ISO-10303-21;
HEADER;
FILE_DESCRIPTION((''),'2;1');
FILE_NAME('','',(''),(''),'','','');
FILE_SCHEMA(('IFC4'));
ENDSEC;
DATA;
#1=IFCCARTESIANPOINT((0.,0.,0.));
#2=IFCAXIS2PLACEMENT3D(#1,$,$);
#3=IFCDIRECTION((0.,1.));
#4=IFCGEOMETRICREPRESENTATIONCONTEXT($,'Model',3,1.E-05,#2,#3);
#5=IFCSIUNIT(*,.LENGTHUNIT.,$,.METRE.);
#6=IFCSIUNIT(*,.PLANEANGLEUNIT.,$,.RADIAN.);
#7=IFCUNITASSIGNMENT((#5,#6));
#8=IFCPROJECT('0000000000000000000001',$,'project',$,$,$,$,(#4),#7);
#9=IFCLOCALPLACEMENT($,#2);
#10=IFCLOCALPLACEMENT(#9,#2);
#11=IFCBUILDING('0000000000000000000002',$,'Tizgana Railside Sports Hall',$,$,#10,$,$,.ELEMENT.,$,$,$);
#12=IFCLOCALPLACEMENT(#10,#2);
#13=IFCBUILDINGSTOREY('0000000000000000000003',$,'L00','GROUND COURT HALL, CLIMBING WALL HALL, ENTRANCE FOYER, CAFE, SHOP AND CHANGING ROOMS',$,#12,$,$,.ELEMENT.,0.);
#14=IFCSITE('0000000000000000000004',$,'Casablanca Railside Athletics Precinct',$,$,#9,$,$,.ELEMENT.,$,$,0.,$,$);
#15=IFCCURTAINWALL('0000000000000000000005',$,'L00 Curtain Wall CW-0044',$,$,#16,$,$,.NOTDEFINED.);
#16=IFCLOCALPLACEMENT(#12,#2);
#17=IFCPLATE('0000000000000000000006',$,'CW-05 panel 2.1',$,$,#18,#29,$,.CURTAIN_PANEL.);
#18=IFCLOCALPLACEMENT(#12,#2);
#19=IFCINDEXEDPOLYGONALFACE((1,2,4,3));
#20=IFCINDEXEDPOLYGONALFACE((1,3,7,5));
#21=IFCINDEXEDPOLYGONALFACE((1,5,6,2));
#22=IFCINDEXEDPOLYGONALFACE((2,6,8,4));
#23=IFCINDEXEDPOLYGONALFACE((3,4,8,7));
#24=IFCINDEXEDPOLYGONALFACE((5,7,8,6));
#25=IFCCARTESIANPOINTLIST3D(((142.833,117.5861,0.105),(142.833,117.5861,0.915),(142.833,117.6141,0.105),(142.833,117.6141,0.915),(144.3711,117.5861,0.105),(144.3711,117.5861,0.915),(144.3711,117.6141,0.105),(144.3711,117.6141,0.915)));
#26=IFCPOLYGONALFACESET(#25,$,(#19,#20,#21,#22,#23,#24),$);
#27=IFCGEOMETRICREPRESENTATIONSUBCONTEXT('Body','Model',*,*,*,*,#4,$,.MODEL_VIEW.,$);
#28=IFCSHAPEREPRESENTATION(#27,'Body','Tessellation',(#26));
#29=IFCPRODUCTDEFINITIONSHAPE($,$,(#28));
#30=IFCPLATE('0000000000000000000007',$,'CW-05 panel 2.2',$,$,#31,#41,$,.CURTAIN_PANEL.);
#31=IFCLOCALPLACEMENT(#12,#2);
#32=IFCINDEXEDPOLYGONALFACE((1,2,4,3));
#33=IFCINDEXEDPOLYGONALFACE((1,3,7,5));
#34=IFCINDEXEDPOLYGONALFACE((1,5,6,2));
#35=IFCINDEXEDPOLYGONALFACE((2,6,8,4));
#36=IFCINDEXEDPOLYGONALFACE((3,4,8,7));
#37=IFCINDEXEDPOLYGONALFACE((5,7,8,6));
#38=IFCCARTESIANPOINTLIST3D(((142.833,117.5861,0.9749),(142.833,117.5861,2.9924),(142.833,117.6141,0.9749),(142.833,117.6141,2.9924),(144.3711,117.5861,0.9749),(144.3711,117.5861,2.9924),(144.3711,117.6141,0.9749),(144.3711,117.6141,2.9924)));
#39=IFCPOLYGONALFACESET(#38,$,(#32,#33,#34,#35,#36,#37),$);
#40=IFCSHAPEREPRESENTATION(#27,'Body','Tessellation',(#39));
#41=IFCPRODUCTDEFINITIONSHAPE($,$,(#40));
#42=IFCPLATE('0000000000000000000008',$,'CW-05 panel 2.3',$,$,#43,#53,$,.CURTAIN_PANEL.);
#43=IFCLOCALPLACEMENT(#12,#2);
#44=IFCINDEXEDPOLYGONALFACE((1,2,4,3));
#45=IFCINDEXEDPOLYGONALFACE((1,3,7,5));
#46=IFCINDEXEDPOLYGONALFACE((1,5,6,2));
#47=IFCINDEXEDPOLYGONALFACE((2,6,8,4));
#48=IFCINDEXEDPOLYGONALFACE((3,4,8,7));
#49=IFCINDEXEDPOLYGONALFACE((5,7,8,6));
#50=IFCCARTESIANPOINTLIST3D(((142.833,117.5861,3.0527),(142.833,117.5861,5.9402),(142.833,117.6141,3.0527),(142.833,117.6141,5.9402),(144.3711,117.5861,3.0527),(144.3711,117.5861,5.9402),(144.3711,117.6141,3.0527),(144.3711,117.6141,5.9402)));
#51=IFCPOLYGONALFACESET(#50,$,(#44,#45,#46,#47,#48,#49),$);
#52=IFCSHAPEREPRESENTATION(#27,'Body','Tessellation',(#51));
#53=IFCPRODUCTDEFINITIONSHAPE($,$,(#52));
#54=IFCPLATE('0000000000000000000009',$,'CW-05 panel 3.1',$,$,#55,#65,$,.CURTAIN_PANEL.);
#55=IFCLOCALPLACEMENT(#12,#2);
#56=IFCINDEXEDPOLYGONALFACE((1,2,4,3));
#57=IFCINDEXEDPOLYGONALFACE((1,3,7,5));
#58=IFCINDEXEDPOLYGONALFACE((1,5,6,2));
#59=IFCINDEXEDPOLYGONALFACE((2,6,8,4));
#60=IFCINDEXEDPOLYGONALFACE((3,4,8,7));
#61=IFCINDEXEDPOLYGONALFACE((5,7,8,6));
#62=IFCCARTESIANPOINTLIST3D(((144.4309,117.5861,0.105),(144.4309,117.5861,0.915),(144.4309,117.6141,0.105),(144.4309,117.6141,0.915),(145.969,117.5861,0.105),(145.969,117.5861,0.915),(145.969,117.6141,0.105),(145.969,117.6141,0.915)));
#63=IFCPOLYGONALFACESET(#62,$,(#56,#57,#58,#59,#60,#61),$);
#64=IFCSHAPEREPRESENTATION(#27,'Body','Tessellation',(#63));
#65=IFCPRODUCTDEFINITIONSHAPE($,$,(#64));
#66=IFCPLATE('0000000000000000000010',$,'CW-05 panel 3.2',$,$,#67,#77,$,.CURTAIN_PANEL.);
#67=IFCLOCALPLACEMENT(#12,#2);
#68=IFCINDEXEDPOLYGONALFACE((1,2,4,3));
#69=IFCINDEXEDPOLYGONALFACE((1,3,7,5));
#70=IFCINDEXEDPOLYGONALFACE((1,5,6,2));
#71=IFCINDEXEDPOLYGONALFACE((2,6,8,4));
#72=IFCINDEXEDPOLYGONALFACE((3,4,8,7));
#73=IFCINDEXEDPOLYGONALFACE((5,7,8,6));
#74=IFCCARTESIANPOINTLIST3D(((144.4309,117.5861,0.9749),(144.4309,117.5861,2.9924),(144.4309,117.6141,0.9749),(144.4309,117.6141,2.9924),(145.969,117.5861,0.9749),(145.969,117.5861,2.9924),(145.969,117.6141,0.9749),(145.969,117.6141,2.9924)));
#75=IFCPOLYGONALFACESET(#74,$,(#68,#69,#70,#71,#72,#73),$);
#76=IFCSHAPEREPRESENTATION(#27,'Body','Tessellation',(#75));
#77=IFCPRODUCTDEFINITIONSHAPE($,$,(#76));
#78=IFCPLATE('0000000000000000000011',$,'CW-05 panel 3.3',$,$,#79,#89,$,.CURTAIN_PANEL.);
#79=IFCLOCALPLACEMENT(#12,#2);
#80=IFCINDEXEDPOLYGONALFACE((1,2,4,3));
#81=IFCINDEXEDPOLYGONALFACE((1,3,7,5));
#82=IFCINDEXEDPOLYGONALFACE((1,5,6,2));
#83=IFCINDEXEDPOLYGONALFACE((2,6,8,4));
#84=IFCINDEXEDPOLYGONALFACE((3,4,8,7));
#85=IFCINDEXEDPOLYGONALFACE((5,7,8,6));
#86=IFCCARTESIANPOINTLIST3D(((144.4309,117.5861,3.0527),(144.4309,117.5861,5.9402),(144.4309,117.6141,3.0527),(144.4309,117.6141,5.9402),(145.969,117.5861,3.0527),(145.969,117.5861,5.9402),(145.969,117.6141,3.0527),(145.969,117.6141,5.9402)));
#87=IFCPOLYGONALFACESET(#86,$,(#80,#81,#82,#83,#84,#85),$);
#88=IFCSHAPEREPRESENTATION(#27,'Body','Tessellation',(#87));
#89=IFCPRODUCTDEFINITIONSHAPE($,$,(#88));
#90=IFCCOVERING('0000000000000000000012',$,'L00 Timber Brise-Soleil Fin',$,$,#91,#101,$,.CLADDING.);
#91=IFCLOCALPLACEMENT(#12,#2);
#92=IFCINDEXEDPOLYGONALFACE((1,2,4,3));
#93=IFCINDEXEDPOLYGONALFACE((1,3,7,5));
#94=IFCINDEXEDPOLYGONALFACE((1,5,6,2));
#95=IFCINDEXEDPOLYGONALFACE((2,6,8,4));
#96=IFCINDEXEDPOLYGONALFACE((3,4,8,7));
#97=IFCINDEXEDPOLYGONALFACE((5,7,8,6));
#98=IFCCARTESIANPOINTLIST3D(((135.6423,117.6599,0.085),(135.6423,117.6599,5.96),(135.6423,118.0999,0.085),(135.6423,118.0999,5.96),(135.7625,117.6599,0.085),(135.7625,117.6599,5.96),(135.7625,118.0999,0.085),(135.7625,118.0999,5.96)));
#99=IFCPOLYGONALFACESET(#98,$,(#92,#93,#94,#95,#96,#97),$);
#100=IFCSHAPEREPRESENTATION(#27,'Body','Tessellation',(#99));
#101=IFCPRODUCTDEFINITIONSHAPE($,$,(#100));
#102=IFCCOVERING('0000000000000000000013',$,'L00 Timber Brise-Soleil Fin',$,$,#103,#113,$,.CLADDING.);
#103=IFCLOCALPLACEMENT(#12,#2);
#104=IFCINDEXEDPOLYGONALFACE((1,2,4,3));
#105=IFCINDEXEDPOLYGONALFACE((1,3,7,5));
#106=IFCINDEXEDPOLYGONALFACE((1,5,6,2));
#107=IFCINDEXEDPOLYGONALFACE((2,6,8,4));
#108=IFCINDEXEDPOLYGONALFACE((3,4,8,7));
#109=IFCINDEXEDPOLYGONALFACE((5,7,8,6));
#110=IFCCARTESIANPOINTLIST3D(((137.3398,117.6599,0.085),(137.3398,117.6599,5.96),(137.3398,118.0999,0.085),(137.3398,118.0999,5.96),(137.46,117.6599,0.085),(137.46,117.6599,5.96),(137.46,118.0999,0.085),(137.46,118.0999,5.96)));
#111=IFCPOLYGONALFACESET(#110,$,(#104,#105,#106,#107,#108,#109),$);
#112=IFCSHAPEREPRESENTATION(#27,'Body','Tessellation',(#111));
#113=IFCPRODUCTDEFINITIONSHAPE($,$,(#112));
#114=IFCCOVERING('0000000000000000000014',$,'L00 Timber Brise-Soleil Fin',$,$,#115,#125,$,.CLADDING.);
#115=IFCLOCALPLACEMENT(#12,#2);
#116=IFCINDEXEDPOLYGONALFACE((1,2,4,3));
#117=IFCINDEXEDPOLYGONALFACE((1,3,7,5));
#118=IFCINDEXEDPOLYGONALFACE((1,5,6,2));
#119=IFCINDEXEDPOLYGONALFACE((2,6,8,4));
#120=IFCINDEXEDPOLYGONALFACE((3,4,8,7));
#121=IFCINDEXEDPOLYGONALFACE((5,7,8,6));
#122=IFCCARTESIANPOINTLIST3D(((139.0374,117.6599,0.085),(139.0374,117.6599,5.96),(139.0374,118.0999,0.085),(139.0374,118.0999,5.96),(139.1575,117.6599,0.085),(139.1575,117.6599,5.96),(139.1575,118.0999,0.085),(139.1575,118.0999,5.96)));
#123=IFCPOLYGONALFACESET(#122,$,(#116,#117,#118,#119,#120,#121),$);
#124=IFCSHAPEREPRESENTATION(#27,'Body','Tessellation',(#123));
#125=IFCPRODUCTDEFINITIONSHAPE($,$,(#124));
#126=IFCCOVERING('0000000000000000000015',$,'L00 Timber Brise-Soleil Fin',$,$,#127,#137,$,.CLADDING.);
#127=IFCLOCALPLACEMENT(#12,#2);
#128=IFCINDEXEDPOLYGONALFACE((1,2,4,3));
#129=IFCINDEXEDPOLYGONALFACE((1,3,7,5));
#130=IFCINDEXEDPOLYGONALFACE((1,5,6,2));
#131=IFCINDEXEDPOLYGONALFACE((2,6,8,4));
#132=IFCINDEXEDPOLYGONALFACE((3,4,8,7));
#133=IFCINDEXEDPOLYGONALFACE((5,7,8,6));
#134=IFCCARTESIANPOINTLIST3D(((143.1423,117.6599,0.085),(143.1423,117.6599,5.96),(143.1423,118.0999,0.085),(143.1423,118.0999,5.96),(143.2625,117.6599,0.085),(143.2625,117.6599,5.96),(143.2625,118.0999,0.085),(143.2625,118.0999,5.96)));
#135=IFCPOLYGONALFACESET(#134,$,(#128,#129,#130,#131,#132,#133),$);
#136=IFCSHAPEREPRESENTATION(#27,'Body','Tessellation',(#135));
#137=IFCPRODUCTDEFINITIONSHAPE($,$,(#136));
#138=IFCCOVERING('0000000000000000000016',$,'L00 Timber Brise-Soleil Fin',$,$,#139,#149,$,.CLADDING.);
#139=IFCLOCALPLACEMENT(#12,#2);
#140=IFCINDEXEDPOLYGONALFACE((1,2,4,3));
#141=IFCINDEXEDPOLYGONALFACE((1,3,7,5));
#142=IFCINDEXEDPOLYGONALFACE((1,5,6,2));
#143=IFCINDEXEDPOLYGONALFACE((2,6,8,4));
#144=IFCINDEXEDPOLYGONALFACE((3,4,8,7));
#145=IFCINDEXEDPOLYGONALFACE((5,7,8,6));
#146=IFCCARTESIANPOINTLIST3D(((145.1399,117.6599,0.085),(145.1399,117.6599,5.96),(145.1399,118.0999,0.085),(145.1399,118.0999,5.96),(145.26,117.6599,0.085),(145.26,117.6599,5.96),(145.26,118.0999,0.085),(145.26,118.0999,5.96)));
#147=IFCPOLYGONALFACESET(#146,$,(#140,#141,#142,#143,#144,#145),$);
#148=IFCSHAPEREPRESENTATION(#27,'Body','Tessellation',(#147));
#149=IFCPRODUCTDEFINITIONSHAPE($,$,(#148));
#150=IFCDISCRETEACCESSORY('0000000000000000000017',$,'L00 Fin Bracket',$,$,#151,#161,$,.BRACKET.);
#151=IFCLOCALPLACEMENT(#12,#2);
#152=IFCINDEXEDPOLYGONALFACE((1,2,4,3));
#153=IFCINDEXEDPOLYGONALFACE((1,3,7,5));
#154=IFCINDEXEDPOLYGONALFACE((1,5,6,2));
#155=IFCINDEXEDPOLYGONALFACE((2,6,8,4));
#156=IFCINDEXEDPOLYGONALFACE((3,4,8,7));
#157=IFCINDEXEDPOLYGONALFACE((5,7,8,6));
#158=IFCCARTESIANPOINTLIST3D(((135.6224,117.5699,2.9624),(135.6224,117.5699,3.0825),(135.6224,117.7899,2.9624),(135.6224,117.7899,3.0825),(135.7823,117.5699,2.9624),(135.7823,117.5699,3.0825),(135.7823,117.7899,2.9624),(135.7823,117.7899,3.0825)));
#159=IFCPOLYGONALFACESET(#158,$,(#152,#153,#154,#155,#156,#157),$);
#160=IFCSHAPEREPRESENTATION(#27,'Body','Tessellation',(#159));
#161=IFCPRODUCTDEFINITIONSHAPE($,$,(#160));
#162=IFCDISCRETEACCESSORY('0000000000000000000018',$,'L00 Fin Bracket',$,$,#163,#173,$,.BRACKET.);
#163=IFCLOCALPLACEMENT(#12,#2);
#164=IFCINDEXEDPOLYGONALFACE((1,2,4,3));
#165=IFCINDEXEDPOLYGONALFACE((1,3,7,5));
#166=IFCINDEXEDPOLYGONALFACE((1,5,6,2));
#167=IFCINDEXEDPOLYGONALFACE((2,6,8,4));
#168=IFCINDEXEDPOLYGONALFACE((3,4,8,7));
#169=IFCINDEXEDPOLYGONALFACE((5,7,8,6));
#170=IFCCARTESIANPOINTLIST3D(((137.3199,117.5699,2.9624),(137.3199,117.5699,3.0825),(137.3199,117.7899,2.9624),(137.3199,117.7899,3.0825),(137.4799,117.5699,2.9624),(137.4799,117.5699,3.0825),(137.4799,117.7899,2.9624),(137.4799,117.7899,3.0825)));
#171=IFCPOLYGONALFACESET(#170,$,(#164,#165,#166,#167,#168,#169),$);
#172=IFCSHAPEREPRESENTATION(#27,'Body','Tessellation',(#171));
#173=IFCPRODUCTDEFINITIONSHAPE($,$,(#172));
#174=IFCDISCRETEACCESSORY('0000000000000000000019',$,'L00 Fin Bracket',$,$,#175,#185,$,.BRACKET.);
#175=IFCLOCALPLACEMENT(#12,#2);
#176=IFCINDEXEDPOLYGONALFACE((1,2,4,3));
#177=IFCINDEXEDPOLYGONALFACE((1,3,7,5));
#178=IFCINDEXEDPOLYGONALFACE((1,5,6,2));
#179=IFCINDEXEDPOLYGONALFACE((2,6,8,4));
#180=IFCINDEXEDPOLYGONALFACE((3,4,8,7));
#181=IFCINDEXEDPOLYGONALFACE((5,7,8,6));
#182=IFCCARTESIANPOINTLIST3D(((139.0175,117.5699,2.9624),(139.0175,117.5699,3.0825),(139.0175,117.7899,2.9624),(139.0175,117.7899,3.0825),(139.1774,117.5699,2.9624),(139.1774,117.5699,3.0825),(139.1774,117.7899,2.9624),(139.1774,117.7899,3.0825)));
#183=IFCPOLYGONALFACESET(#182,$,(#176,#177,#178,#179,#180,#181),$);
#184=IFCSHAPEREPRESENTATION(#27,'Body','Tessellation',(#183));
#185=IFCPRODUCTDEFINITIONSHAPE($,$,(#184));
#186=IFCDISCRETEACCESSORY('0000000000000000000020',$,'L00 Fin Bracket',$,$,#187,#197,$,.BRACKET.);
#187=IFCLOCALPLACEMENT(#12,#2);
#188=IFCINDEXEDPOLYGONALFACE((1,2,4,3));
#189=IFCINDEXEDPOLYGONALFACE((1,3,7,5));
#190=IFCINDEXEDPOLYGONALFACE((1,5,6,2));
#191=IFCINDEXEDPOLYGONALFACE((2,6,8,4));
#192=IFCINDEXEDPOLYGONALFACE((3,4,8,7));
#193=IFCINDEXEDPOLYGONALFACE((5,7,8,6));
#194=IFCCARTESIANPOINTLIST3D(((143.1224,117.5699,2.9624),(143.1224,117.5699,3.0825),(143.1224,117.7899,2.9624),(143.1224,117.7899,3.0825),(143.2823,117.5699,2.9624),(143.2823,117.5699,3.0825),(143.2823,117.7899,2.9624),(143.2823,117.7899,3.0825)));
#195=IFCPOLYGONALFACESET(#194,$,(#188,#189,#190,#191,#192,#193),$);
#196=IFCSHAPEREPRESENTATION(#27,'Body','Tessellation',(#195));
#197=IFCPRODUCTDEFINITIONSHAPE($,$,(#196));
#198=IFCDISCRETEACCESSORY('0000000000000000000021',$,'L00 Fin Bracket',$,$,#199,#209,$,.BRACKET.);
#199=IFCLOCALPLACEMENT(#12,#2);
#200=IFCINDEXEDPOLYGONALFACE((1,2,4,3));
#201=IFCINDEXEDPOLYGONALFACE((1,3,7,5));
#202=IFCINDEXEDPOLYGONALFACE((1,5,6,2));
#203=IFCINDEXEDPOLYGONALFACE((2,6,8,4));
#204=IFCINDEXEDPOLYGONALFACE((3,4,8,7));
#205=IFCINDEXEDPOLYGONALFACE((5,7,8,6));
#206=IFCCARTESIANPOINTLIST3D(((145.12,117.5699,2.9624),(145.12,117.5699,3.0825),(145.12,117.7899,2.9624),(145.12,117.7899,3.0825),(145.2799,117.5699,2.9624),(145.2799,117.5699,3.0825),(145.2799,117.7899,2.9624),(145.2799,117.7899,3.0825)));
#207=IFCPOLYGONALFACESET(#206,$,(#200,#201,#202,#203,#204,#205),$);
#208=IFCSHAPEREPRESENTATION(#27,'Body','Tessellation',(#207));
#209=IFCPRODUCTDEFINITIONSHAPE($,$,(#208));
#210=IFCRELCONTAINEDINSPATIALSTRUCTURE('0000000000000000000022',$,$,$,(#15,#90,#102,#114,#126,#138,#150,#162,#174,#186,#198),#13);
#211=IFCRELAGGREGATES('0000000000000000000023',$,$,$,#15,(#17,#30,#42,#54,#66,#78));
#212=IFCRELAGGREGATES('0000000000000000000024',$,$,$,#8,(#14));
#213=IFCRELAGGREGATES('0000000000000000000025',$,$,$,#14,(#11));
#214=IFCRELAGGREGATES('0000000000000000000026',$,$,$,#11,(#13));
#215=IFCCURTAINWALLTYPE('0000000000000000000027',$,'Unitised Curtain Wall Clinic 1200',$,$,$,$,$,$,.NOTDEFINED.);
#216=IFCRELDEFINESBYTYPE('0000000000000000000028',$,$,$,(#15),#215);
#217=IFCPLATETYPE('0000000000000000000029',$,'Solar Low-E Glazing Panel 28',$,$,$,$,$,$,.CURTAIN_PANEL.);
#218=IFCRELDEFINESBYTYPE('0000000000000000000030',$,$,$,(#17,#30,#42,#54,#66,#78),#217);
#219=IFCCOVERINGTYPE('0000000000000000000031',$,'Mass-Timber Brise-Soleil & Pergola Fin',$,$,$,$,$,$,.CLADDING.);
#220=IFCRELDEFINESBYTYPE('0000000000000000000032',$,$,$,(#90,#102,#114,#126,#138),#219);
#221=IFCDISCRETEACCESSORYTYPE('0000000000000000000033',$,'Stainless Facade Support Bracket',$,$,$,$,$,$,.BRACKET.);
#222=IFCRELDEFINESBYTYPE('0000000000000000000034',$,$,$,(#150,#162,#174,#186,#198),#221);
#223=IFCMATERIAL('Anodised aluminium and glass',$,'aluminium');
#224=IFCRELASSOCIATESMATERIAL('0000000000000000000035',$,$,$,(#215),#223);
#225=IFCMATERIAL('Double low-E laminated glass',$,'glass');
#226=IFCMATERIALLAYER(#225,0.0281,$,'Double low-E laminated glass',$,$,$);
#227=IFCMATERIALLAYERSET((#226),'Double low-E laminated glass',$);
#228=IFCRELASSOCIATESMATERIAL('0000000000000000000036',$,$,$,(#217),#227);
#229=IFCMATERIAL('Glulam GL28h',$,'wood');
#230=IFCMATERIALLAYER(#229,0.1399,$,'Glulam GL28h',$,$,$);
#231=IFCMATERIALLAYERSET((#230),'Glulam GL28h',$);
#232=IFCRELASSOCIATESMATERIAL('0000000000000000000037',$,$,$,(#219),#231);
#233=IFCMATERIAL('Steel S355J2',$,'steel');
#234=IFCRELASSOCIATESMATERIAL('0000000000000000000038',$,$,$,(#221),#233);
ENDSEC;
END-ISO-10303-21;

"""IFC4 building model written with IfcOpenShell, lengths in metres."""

from ifc_helpers import new_model, si_unit, direction, frame, origin, origin_2d, place, context, subcontext, project, spatial, rectangle, extrude, material, layer, layer_set, type_object, element, aggregate, save


model = new_model("IFC4")

# Units and contexts
model_context = context("Model", 3, precision=1e-05, world=origin(), true_north=direction((0.0, 1.0)))
body_context = subcontext(model_context, "Body", "Model", "MODEL_VIEW")
ifc_project = project(units=[si_unit("LENGTHUNIT", "METRE"), si_unit("PLANEANGLEUNIT", "RADIAN")], contexts=[model_context])

# Site, building, storey
site_placement = place(None, origin())
site = spatial("IfcSite", under=ifc_project, at=site_placement, Name="Casablanca Railside Athletics Precinct", CompositionType="ELEMENT", RefElevation=0.0)
building_placement = place(site_placement, origin())
building = spatial("IfcBuilding", under=site, at=building_placement, Name="Tizgana Railside Sports Hall", CompositionType="ELEMENT")
storey_placement = place(building_placement, origin())
storey = spatial("IfcBuildingStorey", under=building, at=storey_placement, Name="L00", Description="GROUND COURT HALL, CLIMBING WALL HALL, ENTRANCE FOYER, CAFE, SHOP AND CHANGING ROOMS", CompositionType="ELEMENT", Elevation=0.0)

# Curtain wall, plates
ifc_material_1 = material(Name="Anodised aluminium and glass", Category="aluminium")
curtain_wall_type = type_object("IfcCurtainWallType", Name="Unitised Curtain Wall Clinic 1200", PredefinedType="NOTDEFINED", material=ifc_material_1)
curtain_wall_placement = place(storey_placement, origin())
curtain_wall = element("IfcCurtainWall", 1, at=curtain_wall_placement, inside=storey, type_object=curtain_wall_type, Name="L00 Curtain Wall CW-0044", PredefinedType="NOTDEFINED")
ifc_material_2 = material(Name="Double low-E laminated glass", Category="glass")
ifc_layer_1 = layer(ifc_material_2, 0.0281, Name="Double low-E laminated glass")
ifc_layer_set_1 = layer_set([ifc_layer_1], Name="Double low-E laminated glass")
plate_type = type_object("IfcPlateType", Name="Solar Low-E Glazing Panel 28", PredefinedType="CURTAIN_PANEL", material=ifc_layer_set_1)
plate_1_placement = place(storey_placement, frame((143.6021, 117.6001, 0.105), z_axis=(0.0, 0.0, 1.0), x_axis=(1.0, 0.0, 0.0)))
plate_1 = element("IfcPlate", 2, at=plate_1_placement, type_object=plate_type, Name="CW-05 panel 2.1", PredefinedType="CURTAIN_PANEL", context=body_context, shape_type="SweptSolid", body=[
    extrude(rectangle(XDim=1.5381, YDim=0.0281, at=origin_2d()), origin(), (0.0, 0.0, 1.0), 0.8101),
])
plate_2_placement = place(storey_placement, frame((143.6021, 117.6001, 0.9749), z_axis=(0.0, 0.0, 1.0), x_axis=(1.0, 0.0, 0.0)))
plate_2 = element("IfcPlate", 3, at=plate_2_placement, type_object=plate_type, Name="CW-05 panel 2.2", PredefinedType="CURTAIN_PANEL", context=body_context, shape_type="SweptSolid", body=[
    extrude(rectangle(XDim=1.5381, YDim=0.0281, at=origin_2d()), origin(), (0.0, 0.0, 1.0), 2.0176),
])
plate_3_placement = place(storey_placement, frame((143.6021, 117.6001, 3.0527), z_axis=(0.0, 0.0, 1.0), x_axis=(1.0, 0.0, 0.0)))
plate_3 = element("IfcPlate", 4, at=plate_3_placement, type_object=plate_type, Name="CW-05 panel 2.3", PredefinedType="CURTAIN_PANEL", context=body_context, shape_type="SweptSolid", body=[
    extrude(rectangle(XDim=1.5381, YDim=0.0281, at=origin_2d()), origin(), (0.0, 0.0, 1.0), 2.8875),
])
plate_4_placement = place(storey_placement, frame((145.2, 117.6001, 0.105), z_axis=(0.0, 0.0, 1.0), x_axis=(1.0, 0.0, 0.0)))
plate_4 = element("IfcPlate", 5, at=plate_4_placement, type_object=plate_type, Name="CW-05 panel 3.1", PredefinedType="CURTAIN_PANEL", context=body_context, shape_type="SweptSolid", body=[
    extrude(rectangle(XDim=1.5381, YDim=0.0281, at=origin_2d()), origin(), (0.0, 0.0, 1.0), 0.8101),
])
plate_5_placement = place(storey_placement, frame((145.2, 117.6001, 0.9749), z_axis=(0.0, 0.0, 1.0), x_axis=(1.0, 0.0, 0.0)))
plate_5 = element("IfcPlate", 6, at=plate_5_placement, type_object=plate_type, Name="CW-05 panel 3.2", PredefinedType="CURTAIN_PANEL", context=body_context, shape_type="SweptSolid", body=[
    extrude(rectangle(XDim=1.5381, YDim=0.0281, at=origin_2d()), origin(), (0.0, 0.0, 1.0), 2.0176),
])
plate_6_placement = place(storey_placement, frame((145.2, 117.6001, 3.0527), z_axis=(0.0, 0.0, 1.0), x_axis=(1.0, 0.0, 0.0)))
plate_6 = element("IfcPlate", 7, at=plate_6_placement, type_object=plate_type, Name="CW-05 panel 3.3", PredefinedType="CURTAIN_PANEL", context=body_context, shape_type="SweptSolid", body=[
    extrude(rectangle(XDim=1.5381, YDim=0.0281, at=origin_2d()), origin(), (0.0, 0.0, 1.0), 2.8875),
])
aggregate(curtain_wall, [plate_1, plate_2, plate_3, plate_4, plate_5, plate_6])

# Coverings
ifc_material_3 = material(Name="Glulam GL28h", Category="wood")
ifc_layer_2 = layer(ifc_material_3, 0.1399, Name="Glulam GL28h")
ifc_layer_set_2 = layer_set([ifc_layer_2], Name="Glulam GL28h")
covering_type = type_object("IfcCoveringType", Name="Mass-Timber Brise-Soleil & Pergola Fin", PredefinedType="CLADDING", material=ifc_layer_set_2)
for number, where, z_axis, x_axis, name in (
    (8, (135.7024, 117.8799, 0.085), (0.0, 0.0, 1.0), (1.0, 0.0, 0.0), "L00 Timber Brise-Soleil Fin"),
    (9, (137.3999, 117.8799, 0.085), (0.0, 0.0, 1.0), (1.0, 0.0, 0.0), "L00 Timber Brise-Soleil Fin"),
    (10, (139.0974, 117.8799, 0.085), (0.0, 0.0, 1.0), (1.0, 0.0, 0.0), "L00 Timber Brise-Soleil Fin"),
    (11, (143.2024, 117.8799, 0.085), (0.0, 0.0, 1.0), (1.0, 0.0, 0.0), "L00 Timber Brise-Soleil Fin"),
    (12, (145.2, 117.8799, 0.085), (0.0, 0.0, 1.0), (1.0, 0.0, 0.0), "L00 Timber Brise-Soleil Fin"),
):
    element("IfcCovering", number, at=place(storey_placement, frame(where, z_axis=z_axis, x_axis=x_axis)), inside=storey, type_object=covering_type, Name=name, PredefinedType="CLADDING", context=body_context, shape_type="SweptSolid", body=[
        extrude(rectangle(XDim=0.1201, YDim=0.4399, at=origin_2d()), origin(), (0.0, 0.0, 1.0), 5.875),
    ])

# Discrete accessories
ifc_material_4 = material(Name="Steel S355J2", Category="steel")
discrete_accessory_type = type_object("IfcDiscreteAccessoryType", Name="Stainless Facade Support Bracket", PredefinedType="BRACKET", material=ifc_material_4)
for number, where, z_axis, x_axis, name in (
    (13, (135.7024, 117.6799, 2.9624), (0.0, 0.0, 1.0), (1.0, 0.0, 0.0), "L00 Fin Bracket"),
    (14, (137.3999, 117.6799, 2.9624), (0.0, 0.0, 1.0), (1.0, 0.0, 0.0), "L00 Fin Bracket"),
    (15, (139.0974, 117.6799, 2.9624), (0.0, 0.0, 1.0), (1.0, 0.0, 0.0), "L00 Fin Bracket"),
    (16, (143.2024, 117.6799, 2.9624), (0.0, 0.0, 1.0), (1.0, 0.0, 0.0), "L00 Fin Bracket"),
    (17, (145.2, 117.6799, 2.9624), (0.0, 0.0, 1.0), (1.0, 0.0, 0.0), "L00 Fin Bracket"),
):
    element("IfcDiscreteAccessory", number, at=place(storey_placement, frame(where, z_axis=z_axis, x_axis=x_axis)), inside=storey, type_object=discrete_accessory_type, Name=name, PredefinedType="BRACKET", context=body_context, shape_type="SweptSolid", body=[
        extrude(rectangle(XDim=0.1599, YDim=0.22, at=origin_2d()), origin(), (0.0, 0.0, 1.0), 0.1201),
    ])

save(model, "model.ifc")
